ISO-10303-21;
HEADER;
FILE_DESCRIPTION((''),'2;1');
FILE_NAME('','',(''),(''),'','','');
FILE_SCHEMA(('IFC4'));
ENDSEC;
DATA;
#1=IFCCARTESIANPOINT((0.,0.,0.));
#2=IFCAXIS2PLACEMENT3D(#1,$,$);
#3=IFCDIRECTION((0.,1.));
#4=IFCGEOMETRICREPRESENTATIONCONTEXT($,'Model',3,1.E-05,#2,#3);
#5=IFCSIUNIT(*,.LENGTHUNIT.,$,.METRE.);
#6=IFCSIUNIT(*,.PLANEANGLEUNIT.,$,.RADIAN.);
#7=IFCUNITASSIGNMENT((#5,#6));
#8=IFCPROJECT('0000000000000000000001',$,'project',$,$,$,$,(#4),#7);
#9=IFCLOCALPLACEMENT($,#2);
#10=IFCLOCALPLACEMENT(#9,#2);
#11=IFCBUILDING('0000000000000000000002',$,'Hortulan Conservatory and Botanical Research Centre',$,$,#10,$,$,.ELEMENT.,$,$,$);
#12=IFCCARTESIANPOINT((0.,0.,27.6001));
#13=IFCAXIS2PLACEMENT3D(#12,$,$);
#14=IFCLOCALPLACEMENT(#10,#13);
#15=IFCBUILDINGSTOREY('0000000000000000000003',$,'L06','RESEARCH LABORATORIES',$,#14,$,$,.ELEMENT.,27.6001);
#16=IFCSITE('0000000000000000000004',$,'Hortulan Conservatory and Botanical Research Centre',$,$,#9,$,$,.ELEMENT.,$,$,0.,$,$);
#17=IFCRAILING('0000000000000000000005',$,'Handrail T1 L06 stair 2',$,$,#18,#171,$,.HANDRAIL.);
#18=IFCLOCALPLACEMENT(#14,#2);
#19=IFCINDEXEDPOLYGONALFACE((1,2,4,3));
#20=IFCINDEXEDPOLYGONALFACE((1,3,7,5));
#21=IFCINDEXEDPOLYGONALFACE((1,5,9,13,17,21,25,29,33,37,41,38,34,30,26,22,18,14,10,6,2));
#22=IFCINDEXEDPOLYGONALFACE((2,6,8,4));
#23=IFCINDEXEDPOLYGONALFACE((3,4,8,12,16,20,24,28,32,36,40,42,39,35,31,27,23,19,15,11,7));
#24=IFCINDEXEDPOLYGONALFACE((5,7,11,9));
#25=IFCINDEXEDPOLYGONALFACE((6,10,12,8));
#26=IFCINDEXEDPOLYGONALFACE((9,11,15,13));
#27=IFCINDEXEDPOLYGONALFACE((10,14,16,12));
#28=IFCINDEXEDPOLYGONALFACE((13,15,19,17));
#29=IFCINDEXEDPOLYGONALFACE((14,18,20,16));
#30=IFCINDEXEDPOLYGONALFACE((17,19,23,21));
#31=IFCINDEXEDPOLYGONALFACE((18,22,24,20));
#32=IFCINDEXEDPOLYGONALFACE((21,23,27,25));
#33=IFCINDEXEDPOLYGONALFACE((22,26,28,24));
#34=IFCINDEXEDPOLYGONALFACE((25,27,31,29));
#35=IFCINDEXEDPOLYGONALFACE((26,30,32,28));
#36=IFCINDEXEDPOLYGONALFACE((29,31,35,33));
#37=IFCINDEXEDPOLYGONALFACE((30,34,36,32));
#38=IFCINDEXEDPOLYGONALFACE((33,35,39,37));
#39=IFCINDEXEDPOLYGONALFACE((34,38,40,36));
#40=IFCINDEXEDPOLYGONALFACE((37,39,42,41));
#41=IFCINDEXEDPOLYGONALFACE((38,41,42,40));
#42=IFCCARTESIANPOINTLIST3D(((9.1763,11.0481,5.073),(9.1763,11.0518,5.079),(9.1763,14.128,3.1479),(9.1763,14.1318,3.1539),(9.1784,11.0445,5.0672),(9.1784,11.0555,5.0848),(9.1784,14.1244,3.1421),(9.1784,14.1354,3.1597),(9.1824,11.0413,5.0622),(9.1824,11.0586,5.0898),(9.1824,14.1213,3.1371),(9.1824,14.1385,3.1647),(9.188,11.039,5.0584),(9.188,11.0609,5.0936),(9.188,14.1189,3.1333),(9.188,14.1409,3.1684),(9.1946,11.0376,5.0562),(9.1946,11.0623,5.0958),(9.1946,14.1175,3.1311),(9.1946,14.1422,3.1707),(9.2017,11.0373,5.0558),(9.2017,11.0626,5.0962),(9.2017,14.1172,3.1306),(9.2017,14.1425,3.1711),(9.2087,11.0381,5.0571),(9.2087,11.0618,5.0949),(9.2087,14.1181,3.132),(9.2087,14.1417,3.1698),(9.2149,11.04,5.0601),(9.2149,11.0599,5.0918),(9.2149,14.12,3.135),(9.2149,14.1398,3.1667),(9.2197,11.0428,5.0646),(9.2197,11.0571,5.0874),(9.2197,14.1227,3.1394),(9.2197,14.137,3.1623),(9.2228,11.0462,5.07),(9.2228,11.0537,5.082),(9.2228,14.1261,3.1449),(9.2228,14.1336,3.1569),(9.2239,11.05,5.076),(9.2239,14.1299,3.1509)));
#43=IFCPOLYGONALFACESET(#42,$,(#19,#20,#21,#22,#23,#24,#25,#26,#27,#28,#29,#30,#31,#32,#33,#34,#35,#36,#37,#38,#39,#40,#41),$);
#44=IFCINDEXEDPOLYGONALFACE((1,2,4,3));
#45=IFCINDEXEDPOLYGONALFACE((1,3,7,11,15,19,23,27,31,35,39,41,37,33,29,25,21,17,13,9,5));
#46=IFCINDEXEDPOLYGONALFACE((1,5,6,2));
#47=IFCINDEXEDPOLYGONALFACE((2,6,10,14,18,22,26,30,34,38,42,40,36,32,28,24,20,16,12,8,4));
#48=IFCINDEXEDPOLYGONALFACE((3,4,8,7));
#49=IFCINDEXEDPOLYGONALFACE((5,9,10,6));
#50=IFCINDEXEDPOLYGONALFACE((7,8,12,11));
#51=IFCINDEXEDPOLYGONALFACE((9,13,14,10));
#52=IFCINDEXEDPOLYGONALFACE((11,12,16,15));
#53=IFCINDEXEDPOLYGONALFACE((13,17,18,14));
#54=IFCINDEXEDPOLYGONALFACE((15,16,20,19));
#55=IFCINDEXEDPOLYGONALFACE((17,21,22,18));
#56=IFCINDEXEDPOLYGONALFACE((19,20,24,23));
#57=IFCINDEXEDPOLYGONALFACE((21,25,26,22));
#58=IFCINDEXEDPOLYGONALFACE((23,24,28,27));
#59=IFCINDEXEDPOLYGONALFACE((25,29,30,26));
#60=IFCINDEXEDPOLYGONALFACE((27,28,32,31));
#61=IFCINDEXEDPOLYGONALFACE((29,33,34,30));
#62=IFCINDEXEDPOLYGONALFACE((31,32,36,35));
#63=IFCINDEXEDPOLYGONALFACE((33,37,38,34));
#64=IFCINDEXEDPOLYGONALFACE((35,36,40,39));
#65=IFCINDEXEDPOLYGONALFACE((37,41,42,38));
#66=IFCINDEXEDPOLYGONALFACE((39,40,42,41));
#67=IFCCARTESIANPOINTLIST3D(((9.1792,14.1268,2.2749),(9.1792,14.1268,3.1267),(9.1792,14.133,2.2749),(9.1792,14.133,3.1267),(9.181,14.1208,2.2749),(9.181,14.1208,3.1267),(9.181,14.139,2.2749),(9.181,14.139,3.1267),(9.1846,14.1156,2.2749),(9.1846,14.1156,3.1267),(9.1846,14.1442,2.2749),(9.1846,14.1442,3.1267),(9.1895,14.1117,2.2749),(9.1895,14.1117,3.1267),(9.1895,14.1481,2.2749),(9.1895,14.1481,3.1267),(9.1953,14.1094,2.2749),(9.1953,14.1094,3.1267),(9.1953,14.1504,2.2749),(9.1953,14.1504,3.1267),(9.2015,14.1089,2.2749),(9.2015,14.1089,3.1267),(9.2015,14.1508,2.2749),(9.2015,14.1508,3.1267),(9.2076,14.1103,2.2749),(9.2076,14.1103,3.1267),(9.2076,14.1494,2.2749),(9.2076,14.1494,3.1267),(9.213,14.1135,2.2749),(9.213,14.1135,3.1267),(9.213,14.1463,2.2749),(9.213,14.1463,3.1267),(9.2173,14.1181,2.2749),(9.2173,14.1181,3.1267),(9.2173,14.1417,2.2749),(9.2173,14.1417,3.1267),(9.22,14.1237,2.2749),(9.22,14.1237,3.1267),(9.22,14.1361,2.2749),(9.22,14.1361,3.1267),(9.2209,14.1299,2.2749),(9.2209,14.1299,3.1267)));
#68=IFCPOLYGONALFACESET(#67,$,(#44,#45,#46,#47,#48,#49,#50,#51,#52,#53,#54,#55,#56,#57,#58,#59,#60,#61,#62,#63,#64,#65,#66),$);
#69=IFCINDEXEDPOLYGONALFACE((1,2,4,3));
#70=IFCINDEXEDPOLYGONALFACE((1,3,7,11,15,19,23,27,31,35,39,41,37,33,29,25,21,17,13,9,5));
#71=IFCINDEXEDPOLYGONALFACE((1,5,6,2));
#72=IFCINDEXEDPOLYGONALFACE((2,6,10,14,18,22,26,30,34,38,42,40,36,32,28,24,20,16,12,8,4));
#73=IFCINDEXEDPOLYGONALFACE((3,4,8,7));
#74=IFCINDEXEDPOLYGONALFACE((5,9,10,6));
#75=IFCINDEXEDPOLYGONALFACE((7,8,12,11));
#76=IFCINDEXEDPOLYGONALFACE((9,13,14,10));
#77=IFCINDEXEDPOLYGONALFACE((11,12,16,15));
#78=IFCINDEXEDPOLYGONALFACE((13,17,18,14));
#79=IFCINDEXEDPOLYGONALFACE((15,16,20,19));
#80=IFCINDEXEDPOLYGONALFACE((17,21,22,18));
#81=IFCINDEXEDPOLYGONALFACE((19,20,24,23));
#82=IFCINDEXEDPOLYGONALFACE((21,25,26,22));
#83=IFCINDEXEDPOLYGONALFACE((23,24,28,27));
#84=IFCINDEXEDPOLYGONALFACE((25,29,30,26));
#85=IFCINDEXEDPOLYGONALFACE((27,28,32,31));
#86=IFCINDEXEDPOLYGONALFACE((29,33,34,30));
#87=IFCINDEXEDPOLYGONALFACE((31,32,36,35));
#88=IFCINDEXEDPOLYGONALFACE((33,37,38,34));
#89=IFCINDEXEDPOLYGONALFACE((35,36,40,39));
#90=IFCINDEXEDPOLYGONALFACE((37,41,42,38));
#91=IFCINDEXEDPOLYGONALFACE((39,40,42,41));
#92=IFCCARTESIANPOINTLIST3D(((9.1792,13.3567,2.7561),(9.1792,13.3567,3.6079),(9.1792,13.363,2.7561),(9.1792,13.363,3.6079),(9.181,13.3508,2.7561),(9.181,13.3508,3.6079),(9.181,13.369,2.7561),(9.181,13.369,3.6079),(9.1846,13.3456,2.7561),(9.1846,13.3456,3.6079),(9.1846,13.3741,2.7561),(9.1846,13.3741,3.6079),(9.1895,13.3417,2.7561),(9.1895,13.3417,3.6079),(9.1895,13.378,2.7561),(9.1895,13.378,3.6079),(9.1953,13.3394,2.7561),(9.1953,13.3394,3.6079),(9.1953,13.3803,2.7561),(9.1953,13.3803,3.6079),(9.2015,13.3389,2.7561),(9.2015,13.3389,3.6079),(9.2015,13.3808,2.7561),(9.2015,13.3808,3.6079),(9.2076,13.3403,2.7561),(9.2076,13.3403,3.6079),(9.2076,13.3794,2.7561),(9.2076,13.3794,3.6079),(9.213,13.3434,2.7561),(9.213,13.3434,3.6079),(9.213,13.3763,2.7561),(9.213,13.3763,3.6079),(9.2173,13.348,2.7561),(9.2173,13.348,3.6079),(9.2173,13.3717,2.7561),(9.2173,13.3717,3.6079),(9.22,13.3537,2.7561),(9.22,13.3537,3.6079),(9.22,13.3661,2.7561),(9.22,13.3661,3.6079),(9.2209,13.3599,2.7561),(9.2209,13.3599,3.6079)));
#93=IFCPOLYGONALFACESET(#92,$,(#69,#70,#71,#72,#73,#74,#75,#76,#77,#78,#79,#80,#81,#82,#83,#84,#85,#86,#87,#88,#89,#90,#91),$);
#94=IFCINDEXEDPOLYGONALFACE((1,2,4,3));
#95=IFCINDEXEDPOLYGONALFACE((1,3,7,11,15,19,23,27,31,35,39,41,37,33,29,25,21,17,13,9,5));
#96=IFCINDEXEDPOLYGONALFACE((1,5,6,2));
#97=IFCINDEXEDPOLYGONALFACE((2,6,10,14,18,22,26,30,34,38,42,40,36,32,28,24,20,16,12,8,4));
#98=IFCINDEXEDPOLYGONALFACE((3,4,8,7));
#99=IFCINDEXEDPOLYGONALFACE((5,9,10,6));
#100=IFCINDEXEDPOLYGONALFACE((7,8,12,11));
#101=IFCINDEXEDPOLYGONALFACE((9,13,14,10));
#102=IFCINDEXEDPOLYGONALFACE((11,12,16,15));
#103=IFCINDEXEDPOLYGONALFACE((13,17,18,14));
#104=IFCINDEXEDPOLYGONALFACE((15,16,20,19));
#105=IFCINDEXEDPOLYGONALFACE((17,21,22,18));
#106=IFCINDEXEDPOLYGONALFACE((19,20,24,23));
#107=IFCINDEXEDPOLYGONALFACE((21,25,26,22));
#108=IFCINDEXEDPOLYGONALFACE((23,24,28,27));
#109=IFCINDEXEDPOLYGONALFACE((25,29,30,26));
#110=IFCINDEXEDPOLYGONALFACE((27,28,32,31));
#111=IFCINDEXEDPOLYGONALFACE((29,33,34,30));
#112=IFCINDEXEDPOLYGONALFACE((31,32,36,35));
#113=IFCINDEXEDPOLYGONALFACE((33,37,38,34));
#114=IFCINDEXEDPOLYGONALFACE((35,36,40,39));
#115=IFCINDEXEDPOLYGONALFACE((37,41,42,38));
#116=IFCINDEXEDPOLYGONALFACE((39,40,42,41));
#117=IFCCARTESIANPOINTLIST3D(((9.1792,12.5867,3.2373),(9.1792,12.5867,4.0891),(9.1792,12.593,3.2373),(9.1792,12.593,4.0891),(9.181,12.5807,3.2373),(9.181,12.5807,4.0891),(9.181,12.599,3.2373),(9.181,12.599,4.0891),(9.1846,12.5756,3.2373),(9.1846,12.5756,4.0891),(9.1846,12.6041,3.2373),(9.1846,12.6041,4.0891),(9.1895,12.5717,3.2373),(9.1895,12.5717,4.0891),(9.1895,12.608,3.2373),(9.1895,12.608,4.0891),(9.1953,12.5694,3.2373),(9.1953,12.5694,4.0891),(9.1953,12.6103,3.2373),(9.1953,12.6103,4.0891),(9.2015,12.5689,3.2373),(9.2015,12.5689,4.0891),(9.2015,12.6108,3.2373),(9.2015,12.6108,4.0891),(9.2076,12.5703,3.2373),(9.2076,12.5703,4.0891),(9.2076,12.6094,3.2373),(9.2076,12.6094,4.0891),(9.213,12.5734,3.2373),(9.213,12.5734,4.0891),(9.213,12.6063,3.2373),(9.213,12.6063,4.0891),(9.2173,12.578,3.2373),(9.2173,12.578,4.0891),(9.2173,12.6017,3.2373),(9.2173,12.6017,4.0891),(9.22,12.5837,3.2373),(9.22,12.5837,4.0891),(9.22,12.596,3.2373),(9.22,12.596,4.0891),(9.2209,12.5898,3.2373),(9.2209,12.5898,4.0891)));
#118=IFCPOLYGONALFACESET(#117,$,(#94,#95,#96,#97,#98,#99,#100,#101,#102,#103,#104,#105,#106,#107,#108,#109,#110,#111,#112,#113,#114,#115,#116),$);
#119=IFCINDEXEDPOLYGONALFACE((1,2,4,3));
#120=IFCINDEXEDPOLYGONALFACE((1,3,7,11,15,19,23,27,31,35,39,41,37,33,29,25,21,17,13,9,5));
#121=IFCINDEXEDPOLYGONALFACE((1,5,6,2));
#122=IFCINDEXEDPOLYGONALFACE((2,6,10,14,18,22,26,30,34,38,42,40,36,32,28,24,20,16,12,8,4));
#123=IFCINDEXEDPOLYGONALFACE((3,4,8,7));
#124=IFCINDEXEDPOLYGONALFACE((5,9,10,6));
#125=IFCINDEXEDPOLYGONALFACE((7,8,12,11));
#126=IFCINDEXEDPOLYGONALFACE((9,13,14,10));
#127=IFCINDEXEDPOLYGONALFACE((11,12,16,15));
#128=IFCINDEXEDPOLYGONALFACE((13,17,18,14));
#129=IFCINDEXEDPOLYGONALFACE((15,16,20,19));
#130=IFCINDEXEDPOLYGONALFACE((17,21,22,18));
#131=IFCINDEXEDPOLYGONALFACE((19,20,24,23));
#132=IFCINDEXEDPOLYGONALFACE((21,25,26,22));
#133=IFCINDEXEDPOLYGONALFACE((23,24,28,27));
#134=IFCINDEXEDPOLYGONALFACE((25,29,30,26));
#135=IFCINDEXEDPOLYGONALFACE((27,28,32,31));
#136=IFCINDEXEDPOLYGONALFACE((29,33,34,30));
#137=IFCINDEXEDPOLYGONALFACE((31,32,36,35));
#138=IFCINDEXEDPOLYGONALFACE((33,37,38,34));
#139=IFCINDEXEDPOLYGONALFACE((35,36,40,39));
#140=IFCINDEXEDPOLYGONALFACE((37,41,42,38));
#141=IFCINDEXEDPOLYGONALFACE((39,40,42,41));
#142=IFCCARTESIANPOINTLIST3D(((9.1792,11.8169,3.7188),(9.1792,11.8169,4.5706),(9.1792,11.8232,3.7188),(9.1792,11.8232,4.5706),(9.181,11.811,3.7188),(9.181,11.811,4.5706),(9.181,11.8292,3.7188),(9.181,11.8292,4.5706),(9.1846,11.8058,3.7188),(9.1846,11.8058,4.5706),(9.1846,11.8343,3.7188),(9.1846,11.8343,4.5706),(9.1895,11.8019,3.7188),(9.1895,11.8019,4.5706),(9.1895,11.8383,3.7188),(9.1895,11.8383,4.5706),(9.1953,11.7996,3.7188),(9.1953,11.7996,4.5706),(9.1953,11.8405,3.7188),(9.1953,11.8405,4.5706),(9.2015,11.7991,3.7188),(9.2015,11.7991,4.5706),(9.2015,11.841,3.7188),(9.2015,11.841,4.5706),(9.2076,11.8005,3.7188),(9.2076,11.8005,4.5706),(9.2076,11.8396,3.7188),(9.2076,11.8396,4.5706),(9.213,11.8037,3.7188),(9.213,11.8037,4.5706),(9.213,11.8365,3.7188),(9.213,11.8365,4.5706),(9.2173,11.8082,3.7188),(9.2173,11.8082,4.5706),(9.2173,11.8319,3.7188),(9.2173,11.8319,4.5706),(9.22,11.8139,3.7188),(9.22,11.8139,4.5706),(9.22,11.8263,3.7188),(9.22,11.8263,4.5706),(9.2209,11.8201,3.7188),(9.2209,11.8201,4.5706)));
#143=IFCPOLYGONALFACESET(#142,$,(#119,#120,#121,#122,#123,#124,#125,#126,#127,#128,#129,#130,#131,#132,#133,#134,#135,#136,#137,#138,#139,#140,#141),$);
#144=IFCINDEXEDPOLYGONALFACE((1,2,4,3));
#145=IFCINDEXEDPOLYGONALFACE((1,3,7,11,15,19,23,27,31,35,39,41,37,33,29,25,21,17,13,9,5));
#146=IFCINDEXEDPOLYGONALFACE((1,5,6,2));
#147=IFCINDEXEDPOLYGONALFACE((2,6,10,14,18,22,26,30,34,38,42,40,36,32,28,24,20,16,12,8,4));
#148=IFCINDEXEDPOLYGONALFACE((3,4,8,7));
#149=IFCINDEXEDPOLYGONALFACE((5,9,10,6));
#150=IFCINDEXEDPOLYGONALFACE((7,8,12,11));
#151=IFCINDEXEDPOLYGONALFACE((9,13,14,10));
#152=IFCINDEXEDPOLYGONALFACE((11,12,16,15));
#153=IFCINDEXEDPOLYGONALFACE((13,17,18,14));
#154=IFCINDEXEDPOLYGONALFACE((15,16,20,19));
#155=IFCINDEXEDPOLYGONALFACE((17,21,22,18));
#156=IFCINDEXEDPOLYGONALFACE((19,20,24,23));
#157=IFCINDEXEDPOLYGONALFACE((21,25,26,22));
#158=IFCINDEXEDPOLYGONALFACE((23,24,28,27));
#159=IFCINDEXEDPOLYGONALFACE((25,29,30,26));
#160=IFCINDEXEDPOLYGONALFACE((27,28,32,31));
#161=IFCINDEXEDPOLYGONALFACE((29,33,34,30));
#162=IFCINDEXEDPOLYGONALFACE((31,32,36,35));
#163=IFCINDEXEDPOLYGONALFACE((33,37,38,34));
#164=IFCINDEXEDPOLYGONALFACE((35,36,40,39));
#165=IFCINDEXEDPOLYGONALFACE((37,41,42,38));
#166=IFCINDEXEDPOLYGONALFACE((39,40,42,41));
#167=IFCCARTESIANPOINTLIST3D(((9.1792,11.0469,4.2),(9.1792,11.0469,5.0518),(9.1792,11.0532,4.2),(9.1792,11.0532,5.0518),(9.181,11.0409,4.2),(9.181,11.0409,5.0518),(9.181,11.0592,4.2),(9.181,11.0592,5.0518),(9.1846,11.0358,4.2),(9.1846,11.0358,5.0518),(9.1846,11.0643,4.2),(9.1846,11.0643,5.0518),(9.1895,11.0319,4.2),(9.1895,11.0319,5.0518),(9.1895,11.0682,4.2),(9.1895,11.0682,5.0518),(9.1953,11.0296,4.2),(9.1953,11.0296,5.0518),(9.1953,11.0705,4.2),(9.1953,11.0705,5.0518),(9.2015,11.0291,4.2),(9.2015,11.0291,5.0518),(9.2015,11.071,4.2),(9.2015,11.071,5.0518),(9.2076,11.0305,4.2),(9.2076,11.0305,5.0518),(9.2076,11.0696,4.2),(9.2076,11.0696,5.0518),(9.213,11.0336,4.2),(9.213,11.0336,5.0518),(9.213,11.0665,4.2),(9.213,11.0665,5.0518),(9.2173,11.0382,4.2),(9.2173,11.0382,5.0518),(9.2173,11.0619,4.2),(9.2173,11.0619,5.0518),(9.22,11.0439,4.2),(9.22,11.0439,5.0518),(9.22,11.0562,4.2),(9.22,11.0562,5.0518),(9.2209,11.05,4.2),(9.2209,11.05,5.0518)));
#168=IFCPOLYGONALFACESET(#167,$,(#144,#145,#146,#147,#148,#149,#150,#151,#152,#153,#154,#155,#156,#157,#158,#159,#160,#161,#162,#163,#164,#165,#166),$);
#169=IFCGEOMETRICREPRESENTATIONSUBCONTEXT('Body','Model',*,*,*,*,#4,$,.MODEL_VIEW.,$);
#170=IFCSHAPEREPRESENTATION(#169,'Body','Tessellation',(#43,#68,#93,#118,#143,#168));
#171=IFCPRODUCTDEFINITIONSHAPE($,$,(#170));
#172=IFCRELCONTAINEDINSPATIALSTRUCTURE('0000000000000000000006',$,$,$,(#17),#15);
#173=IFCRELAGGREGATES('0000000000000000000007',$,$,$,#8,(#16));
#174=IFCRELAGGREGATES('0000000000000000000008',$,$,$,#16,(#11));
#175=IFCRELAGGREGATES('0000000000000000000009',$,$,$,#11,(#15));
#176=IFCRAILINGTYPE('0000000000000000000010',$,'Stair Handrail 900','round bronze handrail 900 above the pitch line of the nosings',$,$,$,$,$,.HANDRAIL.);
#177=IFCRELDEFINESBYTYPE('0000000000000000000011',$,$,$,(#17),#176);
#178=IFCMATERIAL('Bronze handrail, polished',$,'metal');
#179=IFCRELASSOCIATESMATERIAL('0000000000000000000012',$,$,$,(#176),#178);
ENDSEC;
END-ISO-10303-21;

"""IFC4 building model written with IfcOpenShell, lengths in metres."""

from ifc_helpers import new_model, si_unit, direction, frame, origin, origin_2d, place, context, subcontext, project, spatial, circle, extrude, material, type_object, element, save


model = new_model("IFC4")

# Units and contexts
model_context = context("Model", 3, precision=1e-05, world=origin(), true_north=direction((0.0, 1.0)))
body_context = subcontext(model_context, "Body", "Model", "MODEL_VIEW")
ifc_project = project(units=[si_unit("LENGTHUNIT", "METRE"), si_unit("PLANEANGLEUNIT", "RADIAN")], contexts=[model_context])

# Site, building, storey
site_placement = place(None, origin())
site = spatial("IfcSite", under=ifc_project, at=site_placement, Name="Hortulan Conservatory and Botanical Research Centre", CompositionType="ELEMENT", RefElevation=0.0)
building_placement = place(site_placement, origin())
building = spatial("IfcBuilding", under=site, at=building_placement, Name="Hortulan Conservatory and Botanical Research Centre", CompositionType="ELEMENT")
storey_placement = place(building_placement, frame((0.0, 0.0, 27.6001)))
storey = spatial("IfcBuildingStorey", under=building, at=storey_placement, Name="L06", Description="RESEARCH LABORATORIES", CompositionType="ELEMENT", Elevation=27.6001)

# Railing
ifc_material_1 = material(Name="Bronze handrail, polished", Category="metal")
railing_type_1 = type_object("IfcRailingType", Name="Stair Handrail 900", Description="round bronze handrail 900 above the pitch line of the nosings", PredefinedType="HANDRAIL", material=ifc_material_1)
railing_1_placement = place(storey_placement, frame((9.2, 14.1299, 2.2749)))
element("IfcRailing", 1, at=railing_1_placement, inside=storey, type_object=railing_type_1, Name="Handrail T1 L06 stair 2", PredefinedType="HANDRAIL", context=body_context, shape_type="SweptSolid", body=[
    extrude(circle(Radius=0.0239, at=origin_2d()), frame((0.0, 0.0, 0.876), z_axis=(0.0, -0.847979, 0.530029), x_axis=(1.0, 0.0, 0.0)), (0.0, 0.0, 1.0), 3.6321),
    extrude(circle(Radius=0.021, at=origin_2d()), origin(), (0.0, 0.0, 1.0), 0.8518),
    extrude(circle(Radius=0.021, at=origin_2d()), frame((0.0, -0.77, 0.4812)), (0.0, 0.0, 1.0), 0.8518),
    extrude(circle(Radius=0.021, at=origin_2d()), frame((0.0, -1.54, 0.9624)), (0.0, 0.0, 1.0), 0.8518),
    extrude(circle(Radius=0.021, at=origin_2d()), frame((0.0, -2.3098, 1.4438)), (0.0, 0.0, 1.0), 0.8518),
    extrude(circle(Radius=0.021, at=origin_2d()), frame((0.0, -3.0798, 1.925)), (0.0, 0.0, 1.0), 0.8518),
])

save(model, "model.ifc")
